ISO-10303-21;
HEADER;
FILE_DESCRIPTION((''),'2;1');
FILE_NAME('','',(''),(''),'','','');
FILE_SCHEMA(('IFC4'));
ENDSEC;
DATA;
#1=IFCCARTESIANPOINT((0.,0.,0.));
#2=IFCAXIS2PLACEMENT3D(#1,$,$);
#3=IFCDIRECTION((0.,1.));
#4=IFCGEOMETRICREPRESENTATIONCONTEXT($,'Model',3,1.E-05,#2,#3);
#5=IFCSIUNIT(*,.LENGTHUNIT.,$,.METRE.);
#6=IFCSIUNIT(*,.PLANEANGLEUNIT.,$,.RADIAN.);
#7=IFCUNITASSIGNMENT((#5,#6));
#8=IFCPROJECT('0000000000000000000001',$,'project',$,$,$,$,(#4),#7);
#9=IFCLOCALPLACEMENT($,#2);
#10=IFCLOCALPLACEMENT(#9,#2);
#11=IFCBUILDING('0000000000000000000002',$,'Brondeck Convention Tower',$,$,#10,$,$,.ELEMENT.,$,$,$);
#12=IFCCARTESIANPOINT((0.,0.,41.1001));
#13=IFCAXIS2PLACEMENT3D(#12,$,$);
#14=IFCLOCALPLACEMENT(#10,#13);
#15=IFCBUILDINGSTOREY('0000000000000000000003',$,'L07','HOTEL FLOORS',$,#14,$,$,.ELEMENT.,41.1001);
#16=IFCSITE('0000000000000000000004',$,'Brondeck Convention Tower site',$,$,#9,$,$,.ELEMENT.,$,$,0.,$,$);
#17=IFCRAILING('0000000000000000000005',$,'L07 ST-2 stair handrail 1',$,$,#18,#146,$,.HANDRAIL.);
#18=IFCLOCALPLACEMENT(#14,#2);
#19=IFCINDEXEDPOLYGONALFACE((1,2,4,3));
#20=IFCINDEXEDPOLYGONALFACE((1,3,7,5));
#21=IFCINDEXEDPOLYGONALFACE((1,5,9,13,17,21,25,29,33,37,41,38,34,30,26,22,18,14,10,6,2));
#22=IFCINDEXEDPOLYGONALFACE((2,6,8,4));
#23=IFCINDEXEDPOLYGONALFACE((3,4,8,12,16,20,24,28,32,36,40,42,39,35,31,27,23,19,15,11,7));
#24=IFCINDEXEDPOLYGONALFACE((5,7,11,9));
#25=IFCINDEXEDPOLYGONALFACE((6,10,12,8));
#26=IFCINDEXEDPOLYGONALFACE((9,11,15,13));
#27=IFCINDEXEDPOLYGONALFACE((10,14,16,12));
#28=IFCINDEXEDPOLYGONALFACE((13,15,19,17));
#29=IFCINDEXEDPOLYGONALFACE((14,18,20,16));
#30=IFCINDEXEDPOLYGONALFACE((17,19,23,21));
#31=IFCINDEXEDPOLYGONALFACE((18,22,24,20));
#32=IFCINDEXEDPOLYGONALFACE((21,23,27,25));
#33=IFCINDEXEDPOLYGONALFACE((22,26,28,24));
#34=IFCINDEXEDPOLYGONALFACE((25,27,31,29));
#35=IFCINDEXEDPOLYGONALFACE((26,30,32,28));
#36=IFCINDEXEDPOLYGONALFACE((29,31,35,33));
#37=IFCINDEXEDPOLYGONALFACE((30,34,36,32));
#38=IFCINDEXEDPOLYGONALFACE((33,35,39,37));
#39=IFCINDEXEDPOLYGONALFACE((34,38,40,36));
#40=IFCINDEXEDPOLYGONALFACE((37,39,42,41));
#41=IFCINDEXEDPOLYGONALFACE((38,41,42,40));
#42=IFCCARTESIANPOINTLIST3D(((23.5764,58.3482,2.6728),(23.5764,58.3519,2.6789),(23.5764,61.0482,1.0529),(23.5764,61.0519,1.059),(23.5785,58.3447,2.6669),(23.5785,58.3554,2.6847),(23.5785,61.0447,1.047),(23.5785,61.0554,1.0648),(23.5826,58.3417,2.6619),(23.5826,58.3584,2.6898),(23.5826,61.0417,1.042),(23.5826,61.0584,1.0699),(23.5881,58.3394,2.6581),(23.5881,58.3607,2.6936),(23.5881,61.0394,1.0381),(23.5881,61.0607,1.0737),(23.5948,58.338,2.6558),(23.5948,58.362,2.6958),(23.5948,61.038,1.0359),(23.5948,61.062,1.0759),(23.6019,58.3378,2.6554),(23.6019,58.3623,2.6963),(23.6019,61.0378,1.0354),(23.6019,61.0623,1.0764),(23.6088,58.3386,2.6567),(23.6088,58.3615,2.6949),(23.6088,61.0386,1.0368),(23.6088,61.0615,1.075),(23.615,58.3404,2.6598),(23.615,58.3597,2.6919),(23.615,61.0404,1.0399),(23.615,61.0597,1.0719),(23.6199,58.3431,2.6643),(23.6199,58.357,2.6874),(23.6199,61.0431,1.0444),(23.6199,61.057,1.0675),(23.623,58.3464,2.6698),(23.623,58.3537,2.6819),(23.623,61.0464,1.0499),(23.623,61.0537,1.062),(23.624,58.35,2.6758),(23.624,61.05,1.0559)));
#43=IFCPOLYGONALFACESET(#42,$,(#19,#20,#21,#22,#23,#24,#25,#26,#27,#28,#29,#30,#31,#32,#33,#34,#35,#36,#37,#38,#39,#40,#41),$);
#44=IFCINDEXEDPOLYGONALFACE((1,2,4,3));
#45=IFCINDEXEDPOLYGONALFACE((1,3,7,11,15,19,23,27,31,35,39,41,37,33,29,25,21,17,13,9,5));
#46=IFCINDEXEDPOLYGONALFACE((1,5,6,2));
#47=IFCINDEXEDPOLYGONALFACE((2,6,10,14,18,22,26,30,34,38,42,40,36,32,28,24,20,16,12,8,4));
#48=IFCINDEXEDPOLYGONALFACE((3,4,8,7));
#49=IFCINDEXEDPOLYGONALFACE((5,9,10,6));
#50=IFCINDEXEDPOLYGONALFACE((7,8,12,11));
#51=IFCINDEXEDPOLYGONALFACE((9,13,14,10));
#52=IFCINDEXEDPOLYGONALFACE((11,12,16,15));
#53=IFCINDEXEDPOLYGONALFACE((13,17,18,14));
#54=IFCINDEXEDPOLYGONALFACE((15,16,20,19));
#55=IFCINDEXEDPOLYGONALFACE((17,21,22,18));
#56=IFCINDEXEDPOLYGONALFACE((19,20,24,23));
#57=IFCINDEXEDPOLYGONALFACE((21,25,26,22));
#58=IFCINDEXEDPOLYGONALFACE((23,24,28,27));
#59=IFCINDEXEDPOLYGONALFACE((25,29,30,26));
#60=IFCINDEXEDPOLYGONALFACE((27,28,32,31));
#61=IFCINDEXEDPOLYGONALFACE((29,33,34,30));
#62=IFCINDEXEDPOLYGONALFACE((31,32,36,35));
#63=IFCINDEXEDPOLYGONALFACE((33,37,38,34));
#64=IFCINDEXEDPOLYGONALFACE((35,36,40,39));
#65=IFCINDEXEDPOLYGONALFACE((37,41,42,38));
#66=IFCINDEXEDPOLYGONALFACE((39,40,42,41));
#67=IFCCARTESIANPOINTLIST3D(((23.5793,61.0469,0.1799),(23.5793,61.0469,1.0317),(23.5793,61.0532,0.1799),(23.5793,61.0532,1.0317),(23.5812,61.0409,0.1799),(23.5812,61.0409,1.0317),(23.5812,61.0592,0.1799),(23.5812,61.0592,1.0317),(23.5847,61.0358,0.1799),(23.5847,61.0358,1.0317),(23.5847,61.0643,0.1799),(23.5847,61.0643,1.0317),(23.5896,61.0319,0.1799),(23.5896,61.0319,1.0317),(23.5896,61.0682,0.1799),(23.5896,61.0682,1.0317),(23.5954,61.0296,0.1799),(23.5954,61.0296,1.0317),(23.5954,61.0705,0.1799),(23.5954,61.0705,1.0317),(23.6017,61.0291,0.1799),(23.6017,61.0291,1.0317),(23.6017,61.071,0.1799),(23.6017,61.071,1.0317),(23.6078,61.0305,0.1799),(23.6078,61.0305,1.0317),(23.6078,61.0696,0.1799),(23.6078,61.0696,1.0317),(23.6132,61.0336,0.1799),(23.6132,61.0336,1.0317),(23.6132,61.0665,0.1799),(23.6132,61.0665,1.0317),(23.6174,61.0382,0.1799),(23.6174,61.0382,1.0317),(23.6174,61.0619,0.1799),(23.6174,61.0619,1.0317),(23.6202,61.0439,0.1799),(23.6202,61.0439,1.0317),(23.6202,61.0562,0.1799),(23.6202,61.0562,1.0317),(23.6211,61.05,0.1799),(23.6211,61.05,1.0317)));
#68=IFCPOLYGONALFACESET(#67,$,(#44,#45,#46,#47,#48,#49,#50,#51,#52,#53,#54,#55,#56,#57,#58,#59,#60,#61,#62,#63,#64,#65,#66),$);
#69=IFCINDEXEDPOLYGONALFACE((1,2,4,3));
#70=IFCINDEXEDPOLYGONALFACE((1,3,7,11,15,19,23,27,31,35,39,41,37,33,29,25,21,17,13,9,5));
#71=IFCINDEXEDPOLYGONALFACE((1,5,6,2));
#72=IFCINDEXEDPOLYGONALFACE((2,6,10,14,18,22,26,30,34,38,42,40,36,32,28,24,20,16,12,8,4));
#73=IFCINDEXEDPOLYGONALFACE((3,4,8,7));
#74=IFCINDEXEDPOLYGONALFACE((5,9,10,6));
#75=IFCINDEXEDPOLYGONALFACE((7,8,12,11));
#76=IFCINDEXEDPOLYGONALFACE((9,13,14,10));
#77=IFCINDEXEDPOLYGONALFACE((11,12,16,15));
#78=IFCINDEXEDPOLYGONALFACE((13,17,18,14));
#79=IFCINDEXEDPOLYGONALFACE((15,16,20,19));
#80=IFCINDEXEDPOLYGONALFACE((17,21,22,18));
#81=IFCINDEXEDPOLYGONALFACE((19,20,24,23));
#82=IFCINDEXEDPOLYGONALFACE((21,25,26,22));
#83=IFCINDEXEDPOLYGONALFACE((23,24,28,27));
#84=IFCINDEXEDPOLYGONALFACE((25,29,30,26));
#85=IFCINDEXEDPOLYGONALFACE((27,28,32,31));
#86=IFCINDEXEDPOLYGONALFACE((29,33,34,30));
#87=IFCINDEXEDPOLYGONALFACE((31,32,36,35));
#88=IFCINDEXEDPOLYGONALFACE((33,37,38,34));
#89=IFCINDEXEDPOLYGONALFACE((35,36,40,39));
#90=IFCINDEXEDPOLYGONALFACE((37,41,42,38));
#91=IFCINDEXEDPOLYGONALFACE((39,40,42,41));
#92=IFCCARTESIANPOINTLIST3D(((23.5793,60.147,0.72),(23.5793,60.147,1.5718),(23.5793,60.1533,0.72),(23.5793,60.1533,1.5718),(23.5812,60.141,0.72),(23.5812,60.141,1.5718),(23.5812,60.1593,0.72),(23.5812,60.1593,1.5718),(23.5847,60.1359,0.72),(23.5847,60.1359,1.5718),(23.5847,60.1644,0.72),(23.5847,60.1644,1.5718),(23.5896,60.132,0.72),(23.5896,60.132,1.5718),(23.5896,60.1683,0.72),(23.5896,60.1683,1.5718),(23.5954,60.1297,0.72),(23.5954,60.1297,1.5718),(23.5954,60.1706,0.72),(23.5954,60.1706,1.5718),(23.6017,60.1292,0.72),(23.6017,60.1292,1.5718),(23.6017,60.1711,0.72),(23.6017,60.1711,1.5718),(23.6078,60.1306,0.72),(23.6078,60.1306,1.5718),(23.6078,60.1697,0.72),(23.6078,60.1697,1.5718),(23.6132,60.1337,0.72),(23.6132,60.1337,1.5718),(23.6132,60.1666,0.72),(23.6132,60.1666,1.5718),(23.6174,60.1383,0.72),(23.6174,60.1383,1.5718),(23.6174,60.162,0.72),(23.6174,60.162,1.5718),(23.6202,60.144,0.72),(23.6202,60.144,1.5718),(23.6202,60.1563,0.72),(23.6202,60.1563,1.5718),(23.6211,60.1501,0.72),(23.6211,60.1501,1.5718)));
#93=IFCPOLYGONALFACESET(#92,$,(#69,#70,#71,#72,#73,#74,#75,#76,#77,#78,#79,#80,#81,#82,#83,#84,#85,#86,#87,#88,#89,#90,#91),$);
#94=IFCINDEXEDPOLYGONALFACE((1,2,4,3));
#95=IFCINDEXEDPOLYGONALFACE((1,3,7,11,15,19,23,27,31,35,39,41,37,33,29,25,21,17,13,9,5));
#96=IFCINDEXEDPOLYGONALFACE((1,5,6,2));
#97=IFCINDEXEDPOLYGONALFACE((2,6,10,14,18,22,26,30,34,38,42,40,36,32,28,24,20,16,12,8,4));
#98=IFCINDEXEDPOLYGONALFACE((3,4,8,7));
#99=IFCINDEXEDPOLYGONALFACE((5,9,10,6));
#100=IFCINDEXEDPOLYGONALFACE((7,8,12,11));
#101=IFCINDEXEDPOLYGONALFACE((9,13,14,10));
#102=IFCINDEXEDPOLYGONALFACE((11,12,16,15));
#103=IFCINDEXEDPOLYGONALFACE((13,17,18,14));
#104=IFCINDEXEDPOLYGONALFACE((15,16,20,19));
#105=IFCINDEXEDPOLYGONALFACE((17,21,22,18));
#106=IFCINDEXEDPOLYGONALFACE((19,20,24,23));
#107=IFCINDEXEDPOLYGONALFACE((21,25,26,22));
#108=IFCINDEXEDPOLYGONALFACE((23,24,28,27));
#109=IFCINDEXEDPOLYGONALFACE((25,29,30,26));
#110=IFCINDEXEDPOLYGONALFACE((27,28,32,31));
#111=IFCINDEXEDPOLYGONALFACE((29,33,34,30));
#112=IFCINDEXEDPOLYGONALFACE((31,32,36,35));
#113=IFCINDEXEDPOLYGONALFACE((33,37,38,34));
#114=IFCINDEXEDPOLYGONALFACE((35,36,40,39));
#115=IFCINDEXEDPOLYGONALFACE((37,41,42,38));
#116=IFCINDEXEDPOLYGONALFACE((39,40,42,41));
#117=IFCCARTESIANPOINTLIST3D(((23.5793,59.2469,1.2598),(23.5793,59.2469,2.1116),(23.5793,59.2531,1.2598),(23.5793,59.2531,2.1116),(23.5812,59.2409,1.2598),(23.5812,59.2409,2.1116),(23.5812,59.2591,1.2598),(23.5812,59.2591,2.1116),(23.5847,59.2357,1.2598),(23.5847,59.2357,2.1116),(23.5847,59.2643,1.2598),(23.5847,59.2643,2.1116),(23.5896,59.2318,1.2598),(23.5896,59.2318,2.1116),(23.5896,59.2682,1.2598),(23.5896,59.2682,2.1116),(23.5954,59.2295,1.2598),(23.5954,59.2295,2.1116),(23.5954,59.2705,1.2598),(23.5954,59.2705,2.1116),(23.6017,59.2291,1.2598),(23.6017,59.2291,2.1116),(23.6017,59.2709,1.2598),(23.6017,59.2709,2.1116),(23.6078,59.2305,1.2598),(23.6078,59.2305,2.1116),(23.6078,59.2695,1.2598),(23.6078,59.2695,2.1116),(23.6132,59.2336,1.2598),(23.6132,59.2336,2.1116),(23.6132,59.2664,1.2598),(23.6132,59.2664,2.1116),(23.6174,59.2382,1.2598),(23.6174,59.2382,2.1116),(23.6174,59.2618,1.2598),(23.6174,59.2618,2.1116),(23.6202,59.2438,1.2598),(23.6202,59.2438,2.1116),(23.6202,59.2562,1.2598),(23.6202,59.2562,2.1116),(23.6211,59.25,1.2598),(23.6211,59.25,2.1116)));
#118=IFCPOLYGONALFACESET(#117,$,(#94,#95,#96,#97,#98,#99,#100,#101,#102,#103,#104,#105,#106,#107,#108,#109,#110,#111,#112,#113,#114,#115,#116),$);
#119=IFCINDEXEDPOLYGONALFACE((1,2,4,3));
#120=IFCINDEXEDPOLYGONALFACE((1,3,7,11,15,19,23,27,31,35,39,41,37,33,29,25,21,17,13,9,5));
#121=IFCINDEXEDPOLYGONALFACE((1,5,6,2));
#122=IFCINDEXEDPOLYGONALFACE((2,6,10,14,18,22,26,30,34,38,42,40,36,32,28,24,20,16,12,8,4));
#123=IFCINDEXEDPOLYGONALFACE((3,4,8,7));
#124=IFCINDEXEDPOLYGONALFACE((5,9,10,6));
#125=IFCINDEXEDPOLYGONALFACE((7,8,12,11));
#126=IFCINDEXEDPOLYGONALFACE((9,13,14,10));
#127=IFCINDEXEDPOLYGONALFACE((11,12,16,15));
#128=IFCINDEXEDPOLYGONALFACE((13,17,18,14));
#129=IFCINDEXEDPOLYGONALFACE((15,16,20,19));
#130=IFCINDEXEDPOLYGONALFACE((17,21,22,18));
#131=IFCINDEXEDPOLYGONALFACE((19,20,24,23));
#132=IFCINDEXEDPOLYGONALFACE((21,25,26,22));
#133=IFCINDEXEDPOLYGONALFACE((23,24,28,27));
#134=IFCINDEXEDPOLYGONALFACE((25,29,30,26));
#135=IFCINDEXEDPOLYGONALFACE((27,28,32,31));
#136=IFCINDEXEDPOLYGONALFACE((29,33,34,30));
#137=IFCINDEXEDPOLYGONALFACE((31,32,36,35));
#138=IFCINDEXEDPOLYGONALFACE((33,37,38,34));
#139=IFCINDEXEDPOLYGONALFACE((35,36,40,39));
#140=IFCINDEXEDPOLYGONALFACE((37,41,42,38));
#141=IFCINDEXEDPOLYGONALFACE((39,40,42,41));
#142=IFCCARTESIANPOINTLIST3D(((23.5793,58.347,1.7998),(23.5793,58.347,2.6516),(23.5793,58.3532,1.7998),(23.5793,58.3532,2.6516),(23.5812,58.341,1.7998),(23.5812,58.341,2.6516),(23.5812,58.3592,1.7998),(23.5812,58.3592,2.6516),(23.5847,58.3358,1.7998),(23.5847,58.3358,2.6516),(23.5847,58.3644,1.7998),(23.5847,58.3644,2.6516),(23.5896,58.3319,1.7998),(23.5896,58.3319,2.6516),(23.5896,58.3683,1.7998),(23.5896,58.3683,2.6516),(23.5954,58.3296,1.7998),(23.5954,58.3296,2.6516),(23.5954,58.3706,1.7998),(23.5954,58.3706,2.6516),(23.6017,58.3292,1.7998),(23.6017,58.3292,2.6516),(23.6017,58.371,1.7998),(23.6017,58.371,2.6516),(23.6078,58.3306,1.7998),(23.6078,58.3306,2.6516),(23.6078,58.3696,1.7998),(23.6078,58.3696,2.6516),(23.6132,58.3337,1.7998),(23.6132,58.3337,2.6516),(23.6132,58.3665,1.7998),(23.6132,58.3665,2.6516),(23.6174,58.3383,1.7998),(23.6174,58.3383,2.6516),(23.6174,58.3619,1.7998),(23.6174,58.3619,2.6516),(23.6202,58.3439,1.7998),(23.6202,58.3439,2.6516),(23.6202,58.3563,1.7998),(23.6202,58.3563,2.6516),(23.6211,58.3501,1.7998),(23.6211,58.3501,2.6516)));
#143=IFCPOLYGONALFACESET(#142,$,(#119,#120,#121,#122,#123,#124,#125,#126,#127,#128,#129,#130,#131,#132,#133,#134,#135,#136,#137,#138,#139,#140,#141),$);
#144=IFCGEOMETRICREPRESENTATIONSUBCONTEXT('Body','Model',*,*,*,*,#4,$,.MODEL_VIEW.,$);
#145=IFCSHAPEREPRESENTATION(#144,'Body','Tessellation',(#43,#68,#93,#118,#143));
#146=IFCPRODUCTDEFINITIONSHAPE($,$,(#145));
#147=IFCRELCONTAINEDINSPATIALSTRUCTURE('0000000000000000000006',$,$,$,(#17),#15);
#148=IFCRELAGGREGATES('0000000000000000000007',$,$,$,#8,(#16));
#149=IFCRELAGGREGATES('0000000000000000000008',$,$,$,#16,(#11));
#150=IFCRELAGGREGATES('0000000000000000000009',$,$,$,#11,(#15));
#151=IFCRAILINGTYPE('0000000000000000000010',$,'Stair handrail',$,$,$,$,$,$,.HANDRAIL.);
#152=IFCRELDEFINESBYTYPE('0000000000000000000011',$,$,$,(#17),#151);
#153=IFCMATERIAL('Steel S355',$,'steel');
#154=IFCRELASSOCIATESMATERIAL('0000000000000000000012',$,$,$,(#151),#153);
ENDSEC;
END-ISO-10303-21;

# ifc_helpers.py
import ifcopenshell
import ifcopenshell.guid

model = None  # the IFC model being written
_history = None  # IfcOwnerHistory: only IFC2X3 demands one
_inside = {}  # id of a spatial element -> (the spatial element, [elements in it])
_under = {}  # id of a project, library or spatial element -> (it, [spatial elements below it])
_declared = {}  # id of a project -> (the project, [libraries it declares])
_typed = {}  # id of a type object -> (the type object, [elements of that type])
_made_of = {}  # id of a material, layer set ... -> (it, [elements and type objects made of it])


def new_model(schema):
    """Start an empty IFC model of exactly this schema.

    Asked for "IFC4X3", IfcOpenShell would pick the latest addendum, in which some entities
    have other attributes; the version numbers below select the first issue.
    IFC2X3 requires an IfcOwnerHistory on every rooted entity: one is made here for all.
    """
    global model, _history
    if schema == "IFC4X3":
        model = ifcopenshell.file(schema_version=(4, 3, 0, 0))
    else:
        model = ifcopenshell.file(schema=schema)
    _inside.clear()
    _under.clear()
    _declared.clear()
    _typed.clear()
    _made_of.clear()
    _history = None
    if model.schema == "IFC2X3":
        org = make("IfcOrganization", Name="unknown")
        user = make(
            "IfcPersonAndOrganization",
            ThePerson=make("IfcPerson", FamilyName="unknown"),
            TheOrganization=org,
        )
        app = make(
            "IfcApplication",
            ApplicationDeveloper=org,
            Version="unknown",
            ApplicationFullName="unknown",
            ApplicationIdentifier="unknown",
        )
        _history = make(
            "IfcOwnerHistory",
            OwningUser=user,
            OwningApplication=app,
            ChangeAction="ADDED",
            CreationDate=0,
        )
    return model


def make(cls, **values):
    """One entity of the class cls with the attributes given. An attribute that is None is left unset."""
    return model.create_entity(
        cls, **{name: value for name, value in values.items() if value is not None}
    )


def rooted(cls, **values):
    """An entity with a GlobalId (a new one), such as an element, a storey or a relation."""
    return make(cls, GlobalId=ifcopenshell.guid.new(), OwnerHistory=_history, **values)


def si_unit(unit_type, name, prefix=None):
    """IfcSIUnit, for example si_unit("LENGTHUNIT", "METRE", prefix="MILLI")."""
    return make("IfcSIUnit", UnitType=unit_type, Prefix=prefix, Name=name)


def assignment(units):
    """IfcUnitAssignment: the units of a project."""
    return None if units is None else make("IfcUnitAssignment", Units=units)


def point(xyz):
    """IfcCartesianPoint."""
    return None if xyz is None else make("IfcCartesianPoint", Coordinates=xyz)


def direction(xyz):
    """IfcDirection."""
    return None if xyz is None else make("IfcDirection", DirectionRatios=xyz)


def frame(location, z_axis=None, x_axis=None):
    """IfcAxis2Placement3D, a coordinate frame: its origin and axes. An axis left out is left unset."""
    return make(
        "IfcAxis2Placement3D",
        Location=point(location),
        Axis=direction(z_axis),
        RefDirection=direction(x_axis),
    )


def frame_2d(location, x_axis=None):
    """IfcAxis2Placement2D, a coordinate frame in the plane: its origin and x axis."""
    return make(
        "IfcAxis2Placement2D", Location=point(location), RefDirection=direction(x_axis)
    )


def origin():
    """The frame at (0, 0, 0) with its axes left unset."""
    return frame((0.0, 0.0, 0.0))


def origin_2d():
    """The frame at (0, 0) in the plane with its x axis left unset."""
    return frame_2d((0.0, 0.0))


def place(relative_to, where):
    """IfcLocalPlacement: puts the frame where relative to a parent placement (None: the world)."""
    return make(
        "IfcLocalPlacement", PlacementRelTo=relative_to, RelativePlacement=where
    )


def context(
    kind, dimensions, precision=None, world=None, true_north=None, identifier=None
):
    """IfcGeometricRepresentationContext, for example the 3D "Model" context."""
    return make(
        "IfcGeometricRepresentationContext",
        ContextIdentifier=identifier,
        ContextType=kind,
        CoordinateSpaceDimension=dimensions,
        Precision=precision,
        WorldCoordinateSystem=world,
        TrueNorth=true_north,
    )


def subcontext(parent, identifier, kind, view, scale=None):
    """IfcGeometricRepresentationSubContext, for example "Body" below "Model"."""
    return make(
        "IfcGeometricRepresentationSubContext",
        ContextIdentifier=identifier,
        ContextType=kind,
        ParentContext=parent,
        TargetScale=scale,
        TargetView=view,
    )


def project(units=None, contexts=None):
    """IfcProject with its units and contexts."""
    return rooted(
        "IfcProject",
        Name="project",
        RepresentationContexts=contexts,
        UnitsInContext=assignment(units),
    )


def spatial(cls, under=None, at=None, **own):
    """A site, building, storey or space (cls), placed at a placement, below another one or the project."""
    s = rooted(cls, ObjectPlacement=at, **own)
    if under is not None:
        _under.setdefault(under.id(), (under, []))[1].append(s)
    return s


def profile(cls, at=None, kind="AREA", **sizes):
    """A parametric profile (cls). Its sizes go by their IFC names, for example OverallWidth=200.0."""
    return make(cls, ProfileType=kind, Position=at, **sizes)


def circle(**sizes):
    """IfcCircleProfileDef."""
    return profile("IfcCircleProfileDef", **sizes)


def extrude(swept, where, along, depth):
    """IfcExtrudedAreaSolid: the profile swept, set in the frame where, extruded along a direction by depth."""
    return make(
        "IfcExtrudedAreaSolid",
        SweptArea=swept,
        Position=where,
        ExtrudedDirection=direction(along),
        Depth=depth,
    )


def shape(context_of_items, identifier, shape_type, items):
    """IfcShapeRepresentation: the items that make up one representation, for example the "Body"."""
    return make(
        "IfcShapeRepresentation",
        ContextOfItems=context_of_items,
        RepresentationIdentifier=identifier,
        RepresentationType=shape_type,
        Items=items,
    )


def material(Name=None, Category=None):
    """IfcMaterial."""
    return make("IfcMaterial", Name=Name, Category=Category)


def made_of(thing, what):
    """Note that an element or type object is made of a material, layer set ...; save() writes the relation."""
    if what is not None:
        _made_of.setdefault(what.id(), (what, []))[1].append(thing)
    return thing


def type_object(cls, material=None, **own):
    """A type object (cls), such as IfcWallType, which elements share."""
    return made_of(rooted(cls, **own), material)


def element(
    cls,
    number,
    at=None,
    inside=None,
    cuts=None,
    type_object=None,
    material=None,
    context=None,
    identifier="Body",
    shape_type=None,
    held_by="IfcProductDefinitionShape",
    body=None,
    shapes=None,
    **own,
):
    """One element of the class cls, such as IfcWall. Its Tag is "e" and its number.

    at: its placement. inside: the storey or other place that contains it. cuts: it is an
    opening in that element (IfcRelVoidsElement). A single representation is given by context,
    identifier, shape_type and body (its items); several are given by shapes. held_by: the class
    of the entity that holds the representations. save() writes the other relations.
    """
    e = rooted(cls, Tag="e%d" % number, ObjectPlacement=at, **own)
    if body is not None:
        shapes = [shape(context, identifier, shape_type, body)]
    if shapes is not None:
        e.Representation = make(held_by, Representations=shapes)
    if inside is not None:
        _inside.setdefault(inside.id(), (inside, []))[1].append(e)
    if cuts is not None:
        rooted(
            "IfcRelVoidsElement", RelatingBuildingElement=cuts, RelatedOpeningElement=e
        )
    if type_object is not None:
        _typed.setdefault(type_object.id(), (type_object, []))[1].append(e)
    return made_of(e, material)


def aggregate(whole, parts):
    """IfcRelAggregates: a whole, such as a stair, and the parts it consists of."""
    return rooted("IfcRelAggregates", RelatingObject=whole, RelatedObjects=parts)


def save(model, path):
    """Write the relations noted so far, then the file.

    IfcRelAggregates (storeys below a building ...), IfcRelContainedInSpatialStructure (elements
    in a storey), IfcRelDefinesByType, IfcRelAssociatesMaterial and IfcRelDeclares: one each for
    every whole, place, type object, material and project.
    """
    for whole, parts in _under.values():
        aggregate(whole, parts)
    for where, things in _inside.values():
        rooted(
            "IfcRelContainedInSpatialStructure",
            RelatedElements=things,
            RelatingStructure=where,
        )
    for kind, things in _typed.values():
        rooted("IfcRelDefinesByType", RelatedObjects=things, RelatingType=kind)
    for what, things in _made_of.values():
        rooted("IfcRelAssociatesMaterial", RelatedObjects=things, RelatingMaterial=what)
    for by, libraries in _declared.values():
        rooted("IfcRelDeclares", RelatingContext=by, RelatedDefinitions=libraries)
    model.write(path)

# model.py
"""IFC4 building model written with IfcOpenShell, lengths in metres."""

from ifc_helpers import new_model, si_unit, direction, frame, origin, origin_2d, place, context, subcontext, project, spatial, circle, extrude, material, type_object, element, save


model = new_model("IFC4")

# Units and contexts
model_context = context("Model", 3, precision=1e-05, world=origin(), true_north=direction((0.0, 1.0)))
body_context = subcontext(model_context, "Body", "Model", "MODEL_VIEW")
ifc_project = project(units=[si_unit("LENGTHUNIT", "METRE"), si_unit("PLANEANGLEUNIT", "RADIAN")], contexts=[model_context])

# Site, building, storey
site_placement = place(None, origin())
site = spatial("IfcSite", under=ifc_project, at=site_placement, Name="Brondeck Convention Tower site", CompositionType="ELEMENT", RefElevation=0.0)
building_placement = place(site_placement, origin())
building = spatial("IfcBuilding", under=site, at=building_placement, Name="Brondeck Convention Tower", CompositionType="ELEMENT")
storey_placement = place(building_placement, frame((0.0, 0.0, 41.1001)))
storey = spatial("IfcBuildingStorey", under=building, at=storey_placement, Name="L07", Description="HOTEL FLOORS", CompositionType="ELEMENT", Elevation=41.1001)

# Railing
ifc_material_1 = material(Name="Steel S355", Category="steel")
railing_type_1 = type_object("IfcRailingType", Name="Stair handrail", PredefinedType="HANDRAIL", material=ifc_material_1)
railing_1_placement = place(storey_placement, frame((23.6001, 61.05, 0.1799)))
element("IfcRailing", 1, at=railing_1_placement, inside=storey, type_object=railing_type_1, Name="L07 ST-2 stair handrail 1", PredefinedType="HANDRAIL", context=body_context, shape_type="SweptSolid", body=[
    extrude(circle(Radius=0.0239, at=origin_2d()), frame((0.0, 0.0, 0.876), z_axis=(0.0, -0.857507, 0.514473), x_axis=(1.0, 0.0, 0.0)), (0.0, 0.0, 1.0), 3.1487),
    extrude(circle(Radius=0.021, at=origin_2d()), origin(), (0.0, 0.0, 1.0), 0.8518),
    extrude(circle(Radius=0.021, at=origin_2d()), frame((0.0, -0.8999, 0.54)), (0.0, 0.0, 1.0), 0.8518),
    extrude(circle(Radius=0.021, at=origin_2d()), frame((0.0, -1.8, 1.0798)), (0.0, 0.0, 1.0), 0.8518),
    extrude(circle(Radius=0.021, at=origin_2d()), frame((0.0, -2.7, 1.6199)), (0.0, 0.0, 1.0), 0.8518),
])

save(model, "model.ifc")
